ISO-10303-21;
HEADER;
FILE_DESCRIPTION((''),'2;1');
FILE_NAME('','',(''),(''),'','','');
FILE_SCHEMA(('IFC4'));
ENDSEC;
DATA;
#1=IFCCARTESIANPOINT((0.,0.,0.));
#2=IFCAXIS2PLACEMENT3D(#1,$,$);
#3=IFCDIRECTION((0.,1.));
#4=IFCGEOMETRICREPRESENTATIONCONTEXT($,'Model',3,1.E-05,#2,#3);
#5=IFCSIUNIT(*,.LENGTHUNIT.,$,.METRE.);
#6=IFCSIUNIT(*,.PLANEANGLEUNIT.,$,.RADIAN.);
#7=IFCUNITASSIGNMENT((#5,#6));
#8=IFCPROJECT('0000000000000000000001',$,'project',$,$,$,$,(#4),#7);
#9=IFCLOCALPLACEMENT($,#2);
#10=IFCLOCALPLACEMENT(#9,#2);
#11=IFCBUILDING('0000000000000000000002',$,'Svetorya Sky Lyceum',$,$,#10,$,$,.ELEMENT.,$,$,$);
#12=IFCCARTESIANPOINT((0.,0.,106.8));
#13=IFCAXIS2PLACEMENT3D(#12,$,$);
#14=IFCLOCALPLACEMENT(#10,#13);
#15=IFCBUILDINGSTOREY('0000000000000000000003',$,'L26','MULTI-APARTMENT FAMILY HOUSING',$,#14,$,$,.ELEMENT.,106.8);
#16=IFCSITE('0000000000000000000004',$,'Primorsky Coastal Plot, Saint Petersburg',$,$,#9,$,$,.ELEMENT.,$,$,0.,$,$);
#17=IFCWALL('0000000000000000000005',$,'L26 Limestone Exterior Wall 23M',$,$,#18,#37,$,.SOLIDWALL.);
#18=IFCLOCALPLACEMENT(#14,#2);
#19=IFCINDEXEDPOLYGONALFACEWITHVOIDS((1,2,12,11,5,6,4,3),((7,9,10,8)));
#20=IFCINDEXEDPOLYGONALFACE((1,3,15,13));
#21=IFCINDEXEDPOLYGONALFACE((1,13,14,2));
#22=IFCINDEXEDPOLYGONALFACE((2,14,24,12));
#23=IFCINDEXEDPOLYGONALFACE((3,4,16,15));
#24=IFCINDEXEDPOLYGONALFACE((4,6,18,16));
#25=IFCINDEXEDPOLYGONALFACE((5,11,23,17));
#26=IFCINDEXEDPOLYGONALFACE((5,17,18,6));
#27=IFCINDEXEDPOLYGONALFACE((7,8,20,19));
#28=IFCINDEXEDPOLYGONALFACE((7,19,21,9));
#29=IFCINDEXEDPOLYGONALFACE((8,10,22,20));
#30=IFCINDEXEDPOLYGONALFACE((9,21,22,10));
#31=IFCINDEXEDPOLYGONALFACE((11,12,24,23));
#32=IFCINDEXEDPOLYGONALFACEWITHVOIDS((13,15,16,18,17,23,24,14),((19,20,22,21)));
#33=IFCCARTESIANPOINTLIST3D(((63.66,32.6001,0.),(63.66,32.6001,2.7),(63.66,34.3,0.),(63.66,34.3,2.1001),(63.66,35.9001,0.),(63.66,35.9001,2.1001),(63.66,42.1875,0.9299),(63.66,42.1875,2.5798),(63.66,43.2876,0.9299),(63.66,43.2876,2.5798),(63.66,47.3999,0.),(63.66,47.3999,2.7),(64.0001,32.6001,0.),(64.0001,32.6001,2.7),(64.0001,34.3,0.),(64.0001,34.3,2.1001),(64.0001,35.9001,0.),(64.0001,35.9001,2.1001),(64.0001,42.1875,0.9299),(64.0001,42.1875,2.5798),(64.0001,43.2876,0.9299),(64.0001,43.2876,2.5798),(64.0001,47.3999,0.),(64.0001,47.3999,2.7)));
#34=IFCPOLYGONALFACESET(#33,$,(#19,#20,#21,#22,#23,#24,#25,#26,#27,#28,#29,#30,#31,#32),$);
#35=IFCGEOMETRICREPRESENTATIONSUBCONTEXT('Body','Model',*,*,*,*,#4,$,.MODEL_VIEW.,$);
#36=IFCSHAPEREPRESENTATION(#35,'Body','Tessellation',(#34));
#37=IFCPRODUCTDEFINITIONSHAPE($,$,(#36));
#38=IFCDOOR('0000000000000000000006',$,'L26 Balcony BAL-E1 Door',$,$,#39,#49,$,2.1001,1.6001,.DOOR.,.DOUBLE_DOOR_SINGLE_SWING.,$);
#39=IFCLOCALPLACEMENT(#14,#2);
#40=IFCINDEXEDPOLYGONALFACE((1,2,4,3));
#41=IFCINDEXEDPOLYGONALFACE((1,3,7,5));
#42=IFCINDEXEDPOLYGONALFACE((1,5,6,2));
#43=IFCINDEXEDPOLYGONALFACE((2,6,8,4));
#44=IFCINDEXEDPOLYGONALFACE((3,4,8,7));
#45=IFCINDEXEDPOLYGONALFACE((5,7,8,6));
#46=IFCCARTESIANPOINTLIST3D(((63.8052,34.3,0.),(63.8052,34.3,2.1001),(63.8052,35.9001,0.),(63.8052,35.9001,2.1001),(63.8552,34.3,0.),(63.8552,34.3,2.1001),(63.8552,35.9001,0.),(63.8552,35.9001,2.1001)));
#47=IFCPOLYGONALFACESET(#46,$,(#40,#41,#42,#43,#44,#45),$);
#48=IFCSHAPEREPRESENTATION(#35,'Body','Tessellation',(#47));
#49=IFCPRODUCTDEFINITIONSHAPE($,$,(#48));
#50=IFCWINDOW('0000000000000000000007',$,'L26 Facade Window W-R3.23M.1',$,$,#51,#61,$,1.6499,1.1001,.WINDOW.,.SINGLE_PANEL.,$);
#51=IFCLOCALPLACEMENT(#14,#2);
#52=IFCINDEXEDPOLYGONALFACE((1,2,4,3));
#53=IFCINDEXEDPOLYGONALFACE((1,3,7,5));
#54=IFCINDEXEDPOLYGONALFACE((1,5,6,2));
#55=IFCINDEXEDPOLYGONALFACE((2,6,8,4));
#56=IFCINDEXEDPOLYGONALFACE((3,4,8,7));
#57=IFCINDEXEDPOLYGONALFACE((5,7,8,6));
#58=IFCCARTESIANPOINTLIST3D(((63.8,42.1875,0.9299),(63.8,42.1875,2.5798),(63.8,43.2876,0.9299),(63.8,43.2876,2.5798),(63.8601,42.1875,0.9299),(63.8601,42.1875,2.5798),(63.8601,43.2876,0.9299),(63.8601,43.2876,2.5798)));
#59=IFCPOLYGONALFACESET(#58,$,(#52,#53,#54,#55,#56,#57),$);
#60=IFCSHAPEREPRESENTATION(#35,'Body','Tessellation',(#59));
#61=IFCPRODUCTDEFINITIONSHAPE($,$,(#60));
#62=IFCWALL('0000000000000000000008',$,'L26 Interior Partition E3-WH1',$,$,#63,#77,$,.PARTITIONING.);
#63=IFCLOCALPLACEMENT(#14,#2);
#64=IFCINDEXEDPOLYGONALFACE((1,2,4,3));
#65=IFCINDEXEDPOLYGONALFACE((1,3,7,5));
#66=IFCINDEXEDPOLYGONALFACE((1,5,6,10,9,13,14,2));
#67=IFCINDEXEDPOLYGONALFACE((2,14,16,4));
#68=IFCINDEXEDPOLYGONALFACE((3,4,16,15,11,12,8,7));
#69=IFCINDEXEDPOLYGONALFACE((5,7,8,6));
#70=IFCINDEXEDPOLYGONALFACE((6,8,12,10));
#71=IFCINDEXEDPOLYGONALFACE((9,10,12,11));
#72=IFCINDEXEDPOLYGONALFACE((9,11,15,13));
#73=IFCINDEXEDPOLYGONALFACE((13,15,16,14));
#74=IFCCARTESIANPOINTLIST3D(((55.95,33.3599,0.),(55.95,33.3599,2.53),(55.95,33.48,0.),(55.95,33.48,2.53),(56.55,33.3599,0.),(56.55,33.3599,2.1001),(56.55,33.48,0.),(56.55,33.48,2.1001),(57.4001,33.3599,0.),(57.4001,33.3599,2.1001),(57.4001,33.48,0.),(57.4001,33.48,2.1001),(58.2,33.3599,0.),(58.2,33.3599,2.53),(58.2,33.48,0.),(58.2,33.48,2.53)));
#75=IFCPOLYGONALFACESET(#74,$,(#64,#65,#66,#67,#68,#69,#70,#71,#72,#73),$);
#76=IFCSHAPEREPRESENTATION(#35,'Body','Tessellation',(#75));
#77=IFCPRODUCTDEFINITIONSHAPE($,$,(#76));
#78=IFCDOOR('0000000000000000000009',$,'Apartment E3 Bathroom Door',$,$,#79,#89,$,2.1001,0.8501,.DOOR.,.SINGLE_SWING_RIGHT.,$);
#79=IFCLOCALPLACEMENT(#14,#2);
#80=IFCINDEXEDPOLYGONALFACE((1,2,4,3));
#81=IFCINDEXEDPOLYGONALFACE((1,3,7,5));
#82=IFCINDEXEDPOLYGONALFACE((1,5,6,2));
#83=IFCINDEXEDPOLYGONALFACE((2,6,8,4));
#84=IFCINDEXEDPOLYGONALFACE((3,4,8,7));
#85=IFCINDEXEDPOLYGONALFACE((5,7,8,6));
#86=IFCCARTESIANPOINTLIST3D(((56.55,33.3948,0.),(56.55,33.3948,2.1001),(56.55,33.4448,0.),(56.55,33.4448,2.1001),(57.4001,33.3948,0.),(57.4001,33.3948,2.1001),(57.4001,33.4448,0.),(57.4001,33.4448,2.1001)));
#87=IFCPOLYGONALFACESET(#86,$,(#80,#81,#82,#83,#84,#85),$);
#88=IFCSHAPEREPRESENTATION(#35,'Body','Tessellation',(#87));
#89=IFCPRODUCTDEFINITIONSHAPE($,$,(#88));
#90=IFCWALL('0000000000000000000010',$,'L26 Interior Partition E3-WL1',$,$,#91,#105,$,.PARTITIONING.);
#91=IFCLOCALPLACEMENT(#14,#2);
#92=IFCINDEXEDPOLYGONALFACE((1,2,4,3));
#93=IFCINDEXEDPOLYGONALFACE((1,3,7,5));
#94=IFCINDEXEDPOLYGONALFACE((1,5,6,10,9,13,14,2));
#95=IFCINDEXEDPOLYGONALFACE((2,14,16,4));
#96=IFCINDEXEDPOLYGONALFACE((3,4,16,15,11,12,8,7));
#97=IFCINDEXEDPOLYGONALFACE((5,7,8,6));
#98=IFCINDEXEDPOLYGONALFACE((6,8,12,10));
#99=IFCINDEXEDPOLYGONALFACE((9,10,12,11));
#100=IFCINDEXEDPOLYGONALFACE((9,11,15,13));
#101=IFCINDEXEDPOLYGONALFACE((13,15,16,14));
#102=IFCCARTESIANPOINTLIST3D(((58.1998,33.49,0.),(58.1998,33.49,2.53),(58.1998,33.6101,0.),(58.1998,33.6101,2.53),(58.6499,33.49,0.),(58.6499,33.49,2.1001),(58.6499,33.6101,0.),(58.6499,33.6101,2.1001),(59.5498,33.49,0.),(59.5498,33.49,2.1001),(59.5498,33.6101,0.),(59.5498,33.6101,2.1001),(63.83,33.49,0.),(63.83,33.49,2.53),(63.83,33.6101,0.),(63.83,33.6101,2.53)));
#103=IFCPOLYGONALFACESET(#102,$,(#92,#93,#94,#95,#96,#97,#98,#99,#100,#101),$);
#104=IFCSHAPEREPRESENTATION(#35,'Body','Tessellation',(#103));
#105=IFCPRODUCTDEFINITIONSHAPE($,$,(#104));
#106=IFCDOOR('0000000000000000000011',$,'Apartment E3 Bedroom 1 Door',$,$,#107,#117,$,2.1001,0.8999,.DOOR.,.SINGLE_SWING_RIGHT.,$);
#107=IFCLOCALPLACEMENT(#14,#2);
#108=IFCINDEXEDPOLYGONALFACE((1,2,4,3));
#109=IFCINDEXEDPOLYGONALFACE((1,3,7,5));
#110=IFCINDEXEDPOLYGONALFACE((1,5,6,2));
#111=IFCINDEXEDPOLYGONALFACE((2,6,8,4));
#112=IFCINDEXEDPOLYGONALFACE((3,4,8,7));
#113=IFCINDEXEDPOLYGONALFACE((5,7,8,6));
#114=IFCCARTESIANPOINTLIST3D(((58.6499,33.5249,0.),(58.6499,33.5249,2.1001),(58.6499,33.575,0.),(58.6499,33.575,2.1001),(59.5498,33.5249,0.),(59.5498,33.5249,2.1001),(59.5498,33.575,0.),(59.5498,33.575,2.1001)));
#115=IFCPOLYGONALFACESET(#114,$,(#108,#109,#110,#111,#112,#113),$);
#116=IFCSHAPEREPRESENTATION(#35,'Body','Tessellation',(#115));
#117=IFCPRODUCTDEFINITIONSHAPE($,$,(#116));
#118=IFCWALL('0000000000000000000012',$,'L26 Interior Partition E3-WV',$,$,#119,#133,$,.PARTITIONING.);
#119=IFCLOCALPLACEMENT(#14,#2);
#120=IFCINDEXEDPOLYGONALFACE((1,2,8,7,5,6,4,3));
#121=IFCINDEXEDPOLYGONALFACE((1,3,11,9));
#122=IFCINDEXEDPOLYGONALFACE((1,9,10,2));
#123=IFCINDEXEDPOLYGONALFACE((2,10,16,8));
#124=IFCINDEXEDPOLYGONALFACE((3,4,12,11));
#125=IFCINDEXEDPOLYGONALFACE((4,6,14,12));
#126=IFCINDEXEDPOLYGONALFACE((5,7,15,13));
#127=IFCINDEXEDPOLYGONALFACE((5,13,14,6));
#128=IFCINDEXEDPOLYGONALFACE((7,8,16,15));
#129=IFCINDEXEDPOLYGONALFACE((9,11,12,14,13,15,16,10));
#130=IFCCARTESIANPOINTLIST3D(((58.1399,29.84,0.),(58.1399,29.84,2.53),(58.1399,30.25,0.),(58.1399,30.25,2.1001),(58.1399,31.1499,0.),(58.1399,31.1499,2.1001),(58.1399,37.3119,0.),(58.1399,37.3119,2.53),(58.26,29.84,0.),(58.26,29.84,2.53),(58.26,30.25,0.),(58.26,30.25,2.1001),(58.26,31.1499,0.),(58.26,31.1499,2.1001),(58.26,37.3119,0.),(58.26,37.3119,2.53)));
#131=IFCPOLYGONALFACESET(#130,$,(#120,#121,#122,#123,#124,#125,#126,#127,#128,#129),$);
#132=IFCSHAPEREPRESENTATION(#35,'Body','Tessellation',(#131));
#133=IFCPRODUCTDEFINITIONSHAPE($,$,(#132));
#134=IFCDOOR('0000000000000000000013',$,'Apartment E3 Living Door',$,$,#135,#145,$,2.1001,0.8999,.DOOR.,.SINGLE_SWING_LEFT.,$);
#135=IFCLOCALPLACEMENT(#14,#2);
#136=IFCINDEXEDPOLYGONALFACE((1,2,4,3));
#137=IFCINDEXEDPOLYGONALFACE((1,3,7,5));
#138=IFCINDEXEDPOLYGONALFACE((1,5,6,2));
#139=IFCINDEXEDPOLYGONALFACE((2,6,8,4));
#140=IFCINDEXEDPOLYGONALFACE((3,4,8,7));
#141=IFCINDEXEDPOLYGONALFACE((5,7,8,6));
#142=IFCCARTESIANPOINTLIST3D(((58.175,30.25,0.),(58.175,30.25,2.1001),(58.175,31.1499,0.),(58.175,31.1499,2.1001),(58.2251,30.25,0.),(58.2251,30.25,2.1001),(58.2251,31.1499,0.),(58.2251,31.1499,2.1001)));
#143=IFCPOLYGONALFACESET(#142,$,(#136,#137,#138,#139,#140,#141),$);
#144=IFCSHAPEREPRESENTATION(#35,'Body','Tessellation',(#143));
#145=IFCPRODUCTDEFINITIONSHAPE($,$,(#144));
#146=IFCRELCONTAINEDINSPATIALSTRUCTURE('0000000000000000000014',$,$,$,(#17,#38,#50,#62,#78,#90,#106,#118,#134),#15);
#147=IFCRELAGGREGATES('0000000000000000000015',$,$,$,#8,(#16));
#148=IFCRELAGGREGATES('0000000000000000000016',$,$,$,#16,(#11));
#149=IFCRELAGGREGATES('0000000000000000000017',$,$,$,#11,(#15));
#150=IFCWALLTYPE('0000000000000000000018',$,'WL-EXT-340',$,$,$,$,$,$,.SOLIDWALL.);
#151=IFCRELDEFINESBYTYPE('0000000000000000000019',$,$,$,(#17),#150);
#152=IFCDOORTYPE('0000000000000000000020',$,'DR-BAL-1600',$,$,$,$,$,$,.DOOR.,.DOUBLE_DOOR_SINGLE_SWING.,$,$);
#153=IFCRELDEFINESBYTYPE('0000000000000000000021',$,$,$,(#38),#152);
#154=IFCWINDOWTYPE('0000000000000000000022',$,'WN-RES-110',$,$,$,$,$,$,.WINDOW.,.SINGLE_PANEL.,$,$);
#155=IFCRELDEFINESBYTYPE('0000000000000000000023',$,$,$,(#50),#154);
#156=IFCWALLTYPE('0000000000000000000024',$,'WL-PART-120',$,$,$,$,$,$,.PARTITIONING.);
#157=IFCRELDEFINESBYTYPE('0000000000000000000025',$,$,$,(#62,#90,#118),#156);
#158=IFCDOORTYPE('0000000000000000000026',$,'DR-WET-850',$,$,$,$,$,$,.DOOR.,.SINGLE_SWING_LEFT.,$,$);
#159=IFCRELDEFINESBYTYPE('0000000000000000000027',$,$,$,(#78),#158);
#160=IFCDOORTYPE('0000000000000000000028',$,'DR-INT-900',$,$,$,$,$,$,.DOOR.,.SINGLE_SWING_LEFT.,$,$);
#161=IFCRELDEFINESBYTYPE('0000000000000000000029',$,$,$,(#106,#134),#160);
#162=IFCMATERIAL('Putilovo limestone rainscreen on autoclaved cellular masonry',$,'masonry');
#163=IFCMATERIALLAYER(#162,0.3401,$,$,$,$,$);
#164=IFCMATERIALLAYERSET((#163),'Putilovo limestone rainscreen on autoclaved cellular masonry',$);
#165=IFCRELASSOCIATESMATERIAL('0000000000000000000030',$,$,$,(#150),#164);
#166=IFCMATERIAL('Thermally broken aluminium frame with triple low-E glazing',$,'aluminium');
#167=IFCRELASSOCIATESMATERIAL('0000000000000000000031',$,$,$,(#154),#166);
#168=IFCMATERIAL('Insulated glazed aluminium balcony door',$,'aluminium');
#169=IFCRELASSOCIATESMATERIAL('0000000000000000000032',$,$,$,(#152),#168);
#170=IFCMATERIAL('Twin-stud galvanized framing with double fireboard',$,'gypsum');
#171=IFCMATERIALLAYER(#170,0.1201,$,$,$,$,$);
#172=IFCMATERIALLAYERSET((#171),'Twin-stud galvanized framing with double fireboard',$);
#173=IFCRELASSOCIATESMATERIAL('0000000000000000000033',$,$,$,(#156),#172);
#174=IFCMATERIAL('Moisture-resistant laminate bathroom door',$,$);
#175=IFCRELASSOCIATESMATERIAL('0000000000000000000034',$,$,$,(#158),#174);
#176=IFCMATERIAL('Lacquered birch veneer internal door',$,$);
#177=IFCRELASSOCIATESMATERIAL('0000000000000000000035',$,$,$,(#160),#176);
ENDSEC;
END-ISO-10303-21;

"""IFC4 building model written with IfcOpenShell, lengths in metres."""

from ifc_helpers import new_model, si_unit, direction, frame, frame_2d, origin, place, context, subcontext, project, spatial, rectangle, extrude, material, layer, layer_set, type_object, element, fill, save


model = new_model("IFC4")

# Units and contexts
model_context = context("Model", 3, precision=1e-05, world=origin(), true_north=direction((0.0, 1.0)))
body_context = subcontext(model_context, "Body", "Model", "MODEL_VIEW")
ifc_project = project(units=[si_unit("LENGTHUNIT", "METRE"), si_unit("PLANEANGLEUNIT", "RADIAN")], contexts=[model_context])

# Site, building, storey
site_placement = place(None, origin())
site = spatial("IfcSite", under=ifc_project, at=site_placement, Name="Primorsky Coastal Plot, Saint Petersburg", CompositionType="ELEMENT", RefElevation=0.0)
building_placement = place(site_placement, origin())
building = spatial("IfcBuilding", under=site, at=building_placement, Name="Svetorya Sky Lyceum", CompositionType="ELEMENT")
storey_placement = place(building_placement, frame((0.0, 0.0, 106.8)))
storey = spatial("IfcBuildingStorey", under=building, at=storey_placement, Name="L26", Description="MULTI-APARTMENT FAMILY HOUSING", CompositionType="ELEMENT", Elevation=106.8)

# Shared definitions
ifc_material_1 = material(Name="Putilovo limestone rainscreen on autoclaved cellular masonry", Category="masonry")
ifc_layer_1 = layer(ifc_material_1, 0.3401)
ifc_layer_set_1 = layer_set([ifc_layer_1], Name="Putilovo limestone rainscreen on autoclaved cellular masonry")
wall_type_1 = type_object("IfcWallType", Name="WL-EXT-340", PredefinedType="SOLIDWALL", material=ifc_layer_set_1)

# Shared definitions
ifc_material_2 = material(Name="Thermally broken aluminium frame with triple low-E glazing", Category="aluminium")
window_type = type_object("IfcWindowType", Name="WN-RES-110", PartitioningType="SINGLE_PANEL", PredefinedType="WINDOW", material=ifc_material_2)

# Wall, openings, door, window
wall_1_placement = place(storey_placement, frame((63.8301, 32.6001, 0.0), z_axis=(0.0, 0.0, 1.0), x_axis=(0.0, 1.0, 0.0)))
wall_1 = element("IfcWall", 1, at=wall_1_placement, inside=storey, type_object=wall_type_1, Name="L26 Limestone Exterior Wall 23M", PredefinedType="SOLIDWALL", context=body_context, shape_type="SweptSolid", body=[
    extrude(rectangle(XDim=14.7998, YDim=0.3401, at=frame_2d((7.3999, 0.0))), origin(), (0.0, 0.0, 1.0), 2.7),
])
opening_1_placement = place(wall_1_placement, frame((1.7, 0.0, 0.0)))
opening_1 = element("IfcOpeningElement", 2, at=opening_1_placement, cuts=wall_1, PredefinedType="OPENING", context=body_context, shape_type="SweptSolid", body=[
    extrude(rectangle(XDim=1.6001, YDim=2.1001, at=frame_2d((0.8, 1.05))), frame((0.0, 0.1799, 0.0), z_axis=(0.0, -1.0, 0.0), x_axis=(1.0, 0.0, 0.0)), (0.0, 0.0, 1.0), 0.3601),
])
opening_2_placement = place(wall_1_placement, frame((9.5874, 0.0, 0.9299)))
opening_2 = element("IfcOpeningElement", 3, at=opening_2_placement, cuts=wall_1, PredefinedType="OPENING", context=body_context, shape_type="SweptSolid", body=[
    extrude(rectangle(XDim=1.1001, YDim=1.6499, at=frame_2d((0.55, 0.825))), frame((0.0, 0.1799, 0.0), z_axis=(0.0, -1.0, 0.0), x_axis=(1.0, 0.0, 0.0)), (0.0, 0.0, 1.0), 0.3601),
])
ifc_material_3 = material(Name="Insulated glazed aluminium balcony door", Category="aluminium")
door_type_1 = type_object("IfcDoorType", Name="DR-BAL-1600", OperationType="DOUBLE_DOOR_SINGLE_SWING", PredefinedType="DOOR", material=ifc_material_3)
door_1_placement = place(opening_1_placement, origin())
door_1 = element("IfcDoor", 4, at=door_1_placement, inside=storey, type_object=door_type_1, Name="L26 Balcony BAL-E1 Door", OperationType="DOUBLE_DOOR_SINGLE_SWING", OverallHeight=2.1001, OverallWidth=1.6001, PredefinedType="DOOR", context=body_context, shape_type="SweptSolid", body=[
    extrude(rectangle(XDim=1.6001, YDim=2.1001, at=frame_2d((0.8, 1.05))), frame((0.0, 0.0249, 0.0), z_axis=(0.0, -1.0, 0.0), x_axis=(1.0, 0.0, 0.0)), (0.0, 0.0, 1.0), 0.05),
])
fill(opening_1, door_1)
window_1_placement = place(opening_2_placement, origin())
window_1 = element("IfcWindow", 5, at=window_1_placement, inside=storey, type_object=window_type, Name="L26 Facade Window W-R3.23M.1", OverallHeight=1.6499, OverallWidth=1.1001, PartitioningType="SINGLE_PANEL", PredefinedType="WINDOW", context=body_context, shape_type="SweptSolid", body=[
    extrude(rectangle(XDim=1.1001, YDim=1.6499, at=frame_2d((0.55, 0.825))), frame((0.0, 0.03, 0.0), z_axis=(0.0, -1.0, 0.0), x_axis=(1.0, 0.0, 0.0)), (0.0, 0.0, 1.0), 0.0601),
])
fill(opening_2, window_1)

# Walls, openings, doors
ifc_material_4 = material(Name="Twin-stud galvanized framing with double fireboard", Category="gypsum")
ifc_layer_2 = layer(ifc_material_4, 0.1201)
ifc_layer_set_2 = layer_set([ifc_layer_2], Name="Twin-stud galvanized framing with double fireboard")
wall_type_2 = type_object("IfcWallType", Name="WL-PART-120", PredefinedType="PARTITIONING", material=ifc_layer_set_2)
wall_2_placement = place(storey_placement, frame((55.95, 33.4199, 0.0), z_axis=(0.0, 0.0, 1.0), x_axis=(1.0, 0.0, 0.0)))
wall_2 = element("IfcWall", 6, at=wall_2_placement, inside=storey, type_object=wall_type_2, Name="L26 Interior Partition E3-WH1", PredefinedType="PARTITIONING", context=body_context, shape_type="SweptSolid", body=[
    extrude(rectangle(XDim=2.25, YDim=0.1201, at=frame_2d((1.125, 0.0))), origin(), (0.0, 0.0, 1.0), 2.53),
])
opening_3_placement = place(wall_2_placement, frame((0.6001, 0.0, 0.0)))
opening_3 = element("IfcOpeningElement", 7, at=opening_3_placement, cuts=wall_2, PredefinedType="OPENING", context=body_context, shape_type="SweptSolid", body=[
    extrude(rectangle(XDim=0.8501, YDim=2.1001, at=frame_2d((0.425, 1.05))), frame((0.0, 0.0701, 0.0), z_axis=(0.0, -1.0, 0.0), x_axis=(1.0, 0.0, 0.0)), (0.0, 0.0, 1.0), 0.1401),
])
ifc_material_5 = material(Name="Moisture-resistant laminate bathroom door")
door_type_2 = type_object("IfcDoorType", Name="DR-WET-850", OperationType="SINGLE_SWING_LEFT", PredefinedType="DOOR", material=ifc_material_5)
door_2_placement = place(opening_3_placement, origin())
door_2 = element("IfcDoor", 8, at=door_2_placement, inside=storey, type_object=door_type_2, Name="Apartment E3 Bathroom Door", OperationType="SINGLE_SWING_RIGHT", OverallHeight=2.1001, OverallWidth=0.8501, PredefinedType="DOOR", context=body_context, shape_type="SweptSolid", body=[
    extrude(rectangle(XDim=0.8501, YDim=2.1001, at=frame_2d((0.425, 1.05))), frame((0.0, 0.0249, 0.0), z_axis=(0.0, -1.0, 0.0), x_axis=(1.0, 0.0, 0.0)), (0.0, 0.0, 1.0), 0.05),
])
fill(opening_3, door_2)
wall_3_placement = place(storey_placement, frame((58.2, 33.55, 0.0), z_axis=(0.0, 0.0, 1.0), x_axis=(1.0, 0.0, 0.0)))
wall_3 = element("IfcWall", 9, at=wall_3_placement, inside=storey, type_object=wall_type_2, Name="L26 Interior Partition E3-WL1", PredefinedType="PARTITIONING", context=body_context, shape_type="SweptSolid", body=[
    extrude(rectangle(XDim=5.6301, YDim=0.1201, at=frame_2d((2.8149, 0.0))), origin(), (0.0, 0.0, 1.0), 2.53),
])
opening_4_placement = place(wall_3_placement, frame((0.45, 0.0, 0.0)))
opening_4 = element("IfcOpeningElement", 10, at=opening_4_placement, cuts=wall_3, PredefinedType="OPENING", context=body_context, shape_type="SweptSolid", body=[
    extrude(rectangle(XDim=0.8999, YDim=2.1001, at=frame_2d((0.45, 1.05))), frame((0.0, 0.0701, 0.0), z_axis=(0.0, -1.0, 0.0), x_axis=(1.0, 0.0, 0.0)), (0.0, 0.0, 1.0), 0.1401),
])
ifc_material_6 = material(Name="Lacquered birch veneer internal door")
door_type_3 = type_object("IfcDoorType", Name="DR-INT-900", OperationType="SINGLE_SWING_LEFT", PredefinedType="DOOR", material=ifc_material_6)
door_3_placement = place(opening_4_placement, origin())
door_3 = element("IfcDoor", 11, at=door_3_placement, inside=storey, type_object=door_type_3, Name="Apartment E3 Bedroom 1 Door", OperationType="SINGLE_SWING_RIGHT", OverallHeight=2.1001, OverallWidth=0.8999, PredefinedType="DOOR", context=body_context, shape_type="SweptSolid", body=[
    extrude(rectangle(XDim=0.8999, YDim=2.1001, at=frame_2d((0.45, 1.05))), frame((0.0, 0.0249, 0.0), z_axis=(0.0, -1.0, 0.0), x_axis=(1.0, 0.0, 0.0)), (0.0, 0.0, 1.0), 0.05),
])
fill(opening_4, door_3)
wall_4_placement = place(storey_placement, frame((58.2, 29.8401, 0.0), z_axis=(0.0, 0.0, 1.0), x_axis=(0.0, 1.0, 0.0)))
wall_4 = element("IfcWall", 12, at=wall_4_placement, inside=storey, type_object=wall_type_2, Name="L26 Interior Partition E3-WV", PredefinedType="PARTITIONING", context=body_context, shape_type="SweptSolid", body=[
    extrude(rectangle(XDim=7.4719, YDim=0.1201, at=frame_2d((3.7358, 0.0))), origin(), (0.0, 0.0, 1.0), 2.53),
])
opening_5_placement = place(wall_4_placement, frame((0.4099, 0.0, 0.0)))
opening_5 = element("IfcOpeningElement", 13, at=opening_5_placement, cuts=wall_4, PredefinedType="OPENING", context=body_context, shape_type="SweptSolid", body=[
    extrude(rectangle(XDim=0.8999, YDim=2.1001, at=frame_2d((0.45, 1.05))), frame((0.0, 0.0701, 0.0), z_axis=(0.0, -1.0, 0.0), x_axis=(1.0, 0.0, 0.0)), (0.0, 0.0, 1.0), 0.1401),
])
door_4_placement = place(opening_5_placement, origin())
door_4 = element("IfcDoor", 14, at=door_4_placement, inside=storey, type_object=door_type_3, Name="Apartment E3 Living Door", OperationType="SINGLE_SWING_LEFT", OverallHeight=2.1001, OverallWidth=0.8999, PredefinedType="DOOR", context=body_context, shape_type="SweptSolid", body=[
    extrude(rectangle(XDim=0.8999, YDim=2.1001, at=frame_2d((0.45, 1.05))), frame((0.0, 0.0249, 0.0), z_axis=(0.0, -1.0, 0.0), x_axis=(1.0, 0.0, 0.0)), (0.0, 0.0, 1.0), 0.05),
])
fill(opening_5, door_4)

save(model, "model.ifc")
